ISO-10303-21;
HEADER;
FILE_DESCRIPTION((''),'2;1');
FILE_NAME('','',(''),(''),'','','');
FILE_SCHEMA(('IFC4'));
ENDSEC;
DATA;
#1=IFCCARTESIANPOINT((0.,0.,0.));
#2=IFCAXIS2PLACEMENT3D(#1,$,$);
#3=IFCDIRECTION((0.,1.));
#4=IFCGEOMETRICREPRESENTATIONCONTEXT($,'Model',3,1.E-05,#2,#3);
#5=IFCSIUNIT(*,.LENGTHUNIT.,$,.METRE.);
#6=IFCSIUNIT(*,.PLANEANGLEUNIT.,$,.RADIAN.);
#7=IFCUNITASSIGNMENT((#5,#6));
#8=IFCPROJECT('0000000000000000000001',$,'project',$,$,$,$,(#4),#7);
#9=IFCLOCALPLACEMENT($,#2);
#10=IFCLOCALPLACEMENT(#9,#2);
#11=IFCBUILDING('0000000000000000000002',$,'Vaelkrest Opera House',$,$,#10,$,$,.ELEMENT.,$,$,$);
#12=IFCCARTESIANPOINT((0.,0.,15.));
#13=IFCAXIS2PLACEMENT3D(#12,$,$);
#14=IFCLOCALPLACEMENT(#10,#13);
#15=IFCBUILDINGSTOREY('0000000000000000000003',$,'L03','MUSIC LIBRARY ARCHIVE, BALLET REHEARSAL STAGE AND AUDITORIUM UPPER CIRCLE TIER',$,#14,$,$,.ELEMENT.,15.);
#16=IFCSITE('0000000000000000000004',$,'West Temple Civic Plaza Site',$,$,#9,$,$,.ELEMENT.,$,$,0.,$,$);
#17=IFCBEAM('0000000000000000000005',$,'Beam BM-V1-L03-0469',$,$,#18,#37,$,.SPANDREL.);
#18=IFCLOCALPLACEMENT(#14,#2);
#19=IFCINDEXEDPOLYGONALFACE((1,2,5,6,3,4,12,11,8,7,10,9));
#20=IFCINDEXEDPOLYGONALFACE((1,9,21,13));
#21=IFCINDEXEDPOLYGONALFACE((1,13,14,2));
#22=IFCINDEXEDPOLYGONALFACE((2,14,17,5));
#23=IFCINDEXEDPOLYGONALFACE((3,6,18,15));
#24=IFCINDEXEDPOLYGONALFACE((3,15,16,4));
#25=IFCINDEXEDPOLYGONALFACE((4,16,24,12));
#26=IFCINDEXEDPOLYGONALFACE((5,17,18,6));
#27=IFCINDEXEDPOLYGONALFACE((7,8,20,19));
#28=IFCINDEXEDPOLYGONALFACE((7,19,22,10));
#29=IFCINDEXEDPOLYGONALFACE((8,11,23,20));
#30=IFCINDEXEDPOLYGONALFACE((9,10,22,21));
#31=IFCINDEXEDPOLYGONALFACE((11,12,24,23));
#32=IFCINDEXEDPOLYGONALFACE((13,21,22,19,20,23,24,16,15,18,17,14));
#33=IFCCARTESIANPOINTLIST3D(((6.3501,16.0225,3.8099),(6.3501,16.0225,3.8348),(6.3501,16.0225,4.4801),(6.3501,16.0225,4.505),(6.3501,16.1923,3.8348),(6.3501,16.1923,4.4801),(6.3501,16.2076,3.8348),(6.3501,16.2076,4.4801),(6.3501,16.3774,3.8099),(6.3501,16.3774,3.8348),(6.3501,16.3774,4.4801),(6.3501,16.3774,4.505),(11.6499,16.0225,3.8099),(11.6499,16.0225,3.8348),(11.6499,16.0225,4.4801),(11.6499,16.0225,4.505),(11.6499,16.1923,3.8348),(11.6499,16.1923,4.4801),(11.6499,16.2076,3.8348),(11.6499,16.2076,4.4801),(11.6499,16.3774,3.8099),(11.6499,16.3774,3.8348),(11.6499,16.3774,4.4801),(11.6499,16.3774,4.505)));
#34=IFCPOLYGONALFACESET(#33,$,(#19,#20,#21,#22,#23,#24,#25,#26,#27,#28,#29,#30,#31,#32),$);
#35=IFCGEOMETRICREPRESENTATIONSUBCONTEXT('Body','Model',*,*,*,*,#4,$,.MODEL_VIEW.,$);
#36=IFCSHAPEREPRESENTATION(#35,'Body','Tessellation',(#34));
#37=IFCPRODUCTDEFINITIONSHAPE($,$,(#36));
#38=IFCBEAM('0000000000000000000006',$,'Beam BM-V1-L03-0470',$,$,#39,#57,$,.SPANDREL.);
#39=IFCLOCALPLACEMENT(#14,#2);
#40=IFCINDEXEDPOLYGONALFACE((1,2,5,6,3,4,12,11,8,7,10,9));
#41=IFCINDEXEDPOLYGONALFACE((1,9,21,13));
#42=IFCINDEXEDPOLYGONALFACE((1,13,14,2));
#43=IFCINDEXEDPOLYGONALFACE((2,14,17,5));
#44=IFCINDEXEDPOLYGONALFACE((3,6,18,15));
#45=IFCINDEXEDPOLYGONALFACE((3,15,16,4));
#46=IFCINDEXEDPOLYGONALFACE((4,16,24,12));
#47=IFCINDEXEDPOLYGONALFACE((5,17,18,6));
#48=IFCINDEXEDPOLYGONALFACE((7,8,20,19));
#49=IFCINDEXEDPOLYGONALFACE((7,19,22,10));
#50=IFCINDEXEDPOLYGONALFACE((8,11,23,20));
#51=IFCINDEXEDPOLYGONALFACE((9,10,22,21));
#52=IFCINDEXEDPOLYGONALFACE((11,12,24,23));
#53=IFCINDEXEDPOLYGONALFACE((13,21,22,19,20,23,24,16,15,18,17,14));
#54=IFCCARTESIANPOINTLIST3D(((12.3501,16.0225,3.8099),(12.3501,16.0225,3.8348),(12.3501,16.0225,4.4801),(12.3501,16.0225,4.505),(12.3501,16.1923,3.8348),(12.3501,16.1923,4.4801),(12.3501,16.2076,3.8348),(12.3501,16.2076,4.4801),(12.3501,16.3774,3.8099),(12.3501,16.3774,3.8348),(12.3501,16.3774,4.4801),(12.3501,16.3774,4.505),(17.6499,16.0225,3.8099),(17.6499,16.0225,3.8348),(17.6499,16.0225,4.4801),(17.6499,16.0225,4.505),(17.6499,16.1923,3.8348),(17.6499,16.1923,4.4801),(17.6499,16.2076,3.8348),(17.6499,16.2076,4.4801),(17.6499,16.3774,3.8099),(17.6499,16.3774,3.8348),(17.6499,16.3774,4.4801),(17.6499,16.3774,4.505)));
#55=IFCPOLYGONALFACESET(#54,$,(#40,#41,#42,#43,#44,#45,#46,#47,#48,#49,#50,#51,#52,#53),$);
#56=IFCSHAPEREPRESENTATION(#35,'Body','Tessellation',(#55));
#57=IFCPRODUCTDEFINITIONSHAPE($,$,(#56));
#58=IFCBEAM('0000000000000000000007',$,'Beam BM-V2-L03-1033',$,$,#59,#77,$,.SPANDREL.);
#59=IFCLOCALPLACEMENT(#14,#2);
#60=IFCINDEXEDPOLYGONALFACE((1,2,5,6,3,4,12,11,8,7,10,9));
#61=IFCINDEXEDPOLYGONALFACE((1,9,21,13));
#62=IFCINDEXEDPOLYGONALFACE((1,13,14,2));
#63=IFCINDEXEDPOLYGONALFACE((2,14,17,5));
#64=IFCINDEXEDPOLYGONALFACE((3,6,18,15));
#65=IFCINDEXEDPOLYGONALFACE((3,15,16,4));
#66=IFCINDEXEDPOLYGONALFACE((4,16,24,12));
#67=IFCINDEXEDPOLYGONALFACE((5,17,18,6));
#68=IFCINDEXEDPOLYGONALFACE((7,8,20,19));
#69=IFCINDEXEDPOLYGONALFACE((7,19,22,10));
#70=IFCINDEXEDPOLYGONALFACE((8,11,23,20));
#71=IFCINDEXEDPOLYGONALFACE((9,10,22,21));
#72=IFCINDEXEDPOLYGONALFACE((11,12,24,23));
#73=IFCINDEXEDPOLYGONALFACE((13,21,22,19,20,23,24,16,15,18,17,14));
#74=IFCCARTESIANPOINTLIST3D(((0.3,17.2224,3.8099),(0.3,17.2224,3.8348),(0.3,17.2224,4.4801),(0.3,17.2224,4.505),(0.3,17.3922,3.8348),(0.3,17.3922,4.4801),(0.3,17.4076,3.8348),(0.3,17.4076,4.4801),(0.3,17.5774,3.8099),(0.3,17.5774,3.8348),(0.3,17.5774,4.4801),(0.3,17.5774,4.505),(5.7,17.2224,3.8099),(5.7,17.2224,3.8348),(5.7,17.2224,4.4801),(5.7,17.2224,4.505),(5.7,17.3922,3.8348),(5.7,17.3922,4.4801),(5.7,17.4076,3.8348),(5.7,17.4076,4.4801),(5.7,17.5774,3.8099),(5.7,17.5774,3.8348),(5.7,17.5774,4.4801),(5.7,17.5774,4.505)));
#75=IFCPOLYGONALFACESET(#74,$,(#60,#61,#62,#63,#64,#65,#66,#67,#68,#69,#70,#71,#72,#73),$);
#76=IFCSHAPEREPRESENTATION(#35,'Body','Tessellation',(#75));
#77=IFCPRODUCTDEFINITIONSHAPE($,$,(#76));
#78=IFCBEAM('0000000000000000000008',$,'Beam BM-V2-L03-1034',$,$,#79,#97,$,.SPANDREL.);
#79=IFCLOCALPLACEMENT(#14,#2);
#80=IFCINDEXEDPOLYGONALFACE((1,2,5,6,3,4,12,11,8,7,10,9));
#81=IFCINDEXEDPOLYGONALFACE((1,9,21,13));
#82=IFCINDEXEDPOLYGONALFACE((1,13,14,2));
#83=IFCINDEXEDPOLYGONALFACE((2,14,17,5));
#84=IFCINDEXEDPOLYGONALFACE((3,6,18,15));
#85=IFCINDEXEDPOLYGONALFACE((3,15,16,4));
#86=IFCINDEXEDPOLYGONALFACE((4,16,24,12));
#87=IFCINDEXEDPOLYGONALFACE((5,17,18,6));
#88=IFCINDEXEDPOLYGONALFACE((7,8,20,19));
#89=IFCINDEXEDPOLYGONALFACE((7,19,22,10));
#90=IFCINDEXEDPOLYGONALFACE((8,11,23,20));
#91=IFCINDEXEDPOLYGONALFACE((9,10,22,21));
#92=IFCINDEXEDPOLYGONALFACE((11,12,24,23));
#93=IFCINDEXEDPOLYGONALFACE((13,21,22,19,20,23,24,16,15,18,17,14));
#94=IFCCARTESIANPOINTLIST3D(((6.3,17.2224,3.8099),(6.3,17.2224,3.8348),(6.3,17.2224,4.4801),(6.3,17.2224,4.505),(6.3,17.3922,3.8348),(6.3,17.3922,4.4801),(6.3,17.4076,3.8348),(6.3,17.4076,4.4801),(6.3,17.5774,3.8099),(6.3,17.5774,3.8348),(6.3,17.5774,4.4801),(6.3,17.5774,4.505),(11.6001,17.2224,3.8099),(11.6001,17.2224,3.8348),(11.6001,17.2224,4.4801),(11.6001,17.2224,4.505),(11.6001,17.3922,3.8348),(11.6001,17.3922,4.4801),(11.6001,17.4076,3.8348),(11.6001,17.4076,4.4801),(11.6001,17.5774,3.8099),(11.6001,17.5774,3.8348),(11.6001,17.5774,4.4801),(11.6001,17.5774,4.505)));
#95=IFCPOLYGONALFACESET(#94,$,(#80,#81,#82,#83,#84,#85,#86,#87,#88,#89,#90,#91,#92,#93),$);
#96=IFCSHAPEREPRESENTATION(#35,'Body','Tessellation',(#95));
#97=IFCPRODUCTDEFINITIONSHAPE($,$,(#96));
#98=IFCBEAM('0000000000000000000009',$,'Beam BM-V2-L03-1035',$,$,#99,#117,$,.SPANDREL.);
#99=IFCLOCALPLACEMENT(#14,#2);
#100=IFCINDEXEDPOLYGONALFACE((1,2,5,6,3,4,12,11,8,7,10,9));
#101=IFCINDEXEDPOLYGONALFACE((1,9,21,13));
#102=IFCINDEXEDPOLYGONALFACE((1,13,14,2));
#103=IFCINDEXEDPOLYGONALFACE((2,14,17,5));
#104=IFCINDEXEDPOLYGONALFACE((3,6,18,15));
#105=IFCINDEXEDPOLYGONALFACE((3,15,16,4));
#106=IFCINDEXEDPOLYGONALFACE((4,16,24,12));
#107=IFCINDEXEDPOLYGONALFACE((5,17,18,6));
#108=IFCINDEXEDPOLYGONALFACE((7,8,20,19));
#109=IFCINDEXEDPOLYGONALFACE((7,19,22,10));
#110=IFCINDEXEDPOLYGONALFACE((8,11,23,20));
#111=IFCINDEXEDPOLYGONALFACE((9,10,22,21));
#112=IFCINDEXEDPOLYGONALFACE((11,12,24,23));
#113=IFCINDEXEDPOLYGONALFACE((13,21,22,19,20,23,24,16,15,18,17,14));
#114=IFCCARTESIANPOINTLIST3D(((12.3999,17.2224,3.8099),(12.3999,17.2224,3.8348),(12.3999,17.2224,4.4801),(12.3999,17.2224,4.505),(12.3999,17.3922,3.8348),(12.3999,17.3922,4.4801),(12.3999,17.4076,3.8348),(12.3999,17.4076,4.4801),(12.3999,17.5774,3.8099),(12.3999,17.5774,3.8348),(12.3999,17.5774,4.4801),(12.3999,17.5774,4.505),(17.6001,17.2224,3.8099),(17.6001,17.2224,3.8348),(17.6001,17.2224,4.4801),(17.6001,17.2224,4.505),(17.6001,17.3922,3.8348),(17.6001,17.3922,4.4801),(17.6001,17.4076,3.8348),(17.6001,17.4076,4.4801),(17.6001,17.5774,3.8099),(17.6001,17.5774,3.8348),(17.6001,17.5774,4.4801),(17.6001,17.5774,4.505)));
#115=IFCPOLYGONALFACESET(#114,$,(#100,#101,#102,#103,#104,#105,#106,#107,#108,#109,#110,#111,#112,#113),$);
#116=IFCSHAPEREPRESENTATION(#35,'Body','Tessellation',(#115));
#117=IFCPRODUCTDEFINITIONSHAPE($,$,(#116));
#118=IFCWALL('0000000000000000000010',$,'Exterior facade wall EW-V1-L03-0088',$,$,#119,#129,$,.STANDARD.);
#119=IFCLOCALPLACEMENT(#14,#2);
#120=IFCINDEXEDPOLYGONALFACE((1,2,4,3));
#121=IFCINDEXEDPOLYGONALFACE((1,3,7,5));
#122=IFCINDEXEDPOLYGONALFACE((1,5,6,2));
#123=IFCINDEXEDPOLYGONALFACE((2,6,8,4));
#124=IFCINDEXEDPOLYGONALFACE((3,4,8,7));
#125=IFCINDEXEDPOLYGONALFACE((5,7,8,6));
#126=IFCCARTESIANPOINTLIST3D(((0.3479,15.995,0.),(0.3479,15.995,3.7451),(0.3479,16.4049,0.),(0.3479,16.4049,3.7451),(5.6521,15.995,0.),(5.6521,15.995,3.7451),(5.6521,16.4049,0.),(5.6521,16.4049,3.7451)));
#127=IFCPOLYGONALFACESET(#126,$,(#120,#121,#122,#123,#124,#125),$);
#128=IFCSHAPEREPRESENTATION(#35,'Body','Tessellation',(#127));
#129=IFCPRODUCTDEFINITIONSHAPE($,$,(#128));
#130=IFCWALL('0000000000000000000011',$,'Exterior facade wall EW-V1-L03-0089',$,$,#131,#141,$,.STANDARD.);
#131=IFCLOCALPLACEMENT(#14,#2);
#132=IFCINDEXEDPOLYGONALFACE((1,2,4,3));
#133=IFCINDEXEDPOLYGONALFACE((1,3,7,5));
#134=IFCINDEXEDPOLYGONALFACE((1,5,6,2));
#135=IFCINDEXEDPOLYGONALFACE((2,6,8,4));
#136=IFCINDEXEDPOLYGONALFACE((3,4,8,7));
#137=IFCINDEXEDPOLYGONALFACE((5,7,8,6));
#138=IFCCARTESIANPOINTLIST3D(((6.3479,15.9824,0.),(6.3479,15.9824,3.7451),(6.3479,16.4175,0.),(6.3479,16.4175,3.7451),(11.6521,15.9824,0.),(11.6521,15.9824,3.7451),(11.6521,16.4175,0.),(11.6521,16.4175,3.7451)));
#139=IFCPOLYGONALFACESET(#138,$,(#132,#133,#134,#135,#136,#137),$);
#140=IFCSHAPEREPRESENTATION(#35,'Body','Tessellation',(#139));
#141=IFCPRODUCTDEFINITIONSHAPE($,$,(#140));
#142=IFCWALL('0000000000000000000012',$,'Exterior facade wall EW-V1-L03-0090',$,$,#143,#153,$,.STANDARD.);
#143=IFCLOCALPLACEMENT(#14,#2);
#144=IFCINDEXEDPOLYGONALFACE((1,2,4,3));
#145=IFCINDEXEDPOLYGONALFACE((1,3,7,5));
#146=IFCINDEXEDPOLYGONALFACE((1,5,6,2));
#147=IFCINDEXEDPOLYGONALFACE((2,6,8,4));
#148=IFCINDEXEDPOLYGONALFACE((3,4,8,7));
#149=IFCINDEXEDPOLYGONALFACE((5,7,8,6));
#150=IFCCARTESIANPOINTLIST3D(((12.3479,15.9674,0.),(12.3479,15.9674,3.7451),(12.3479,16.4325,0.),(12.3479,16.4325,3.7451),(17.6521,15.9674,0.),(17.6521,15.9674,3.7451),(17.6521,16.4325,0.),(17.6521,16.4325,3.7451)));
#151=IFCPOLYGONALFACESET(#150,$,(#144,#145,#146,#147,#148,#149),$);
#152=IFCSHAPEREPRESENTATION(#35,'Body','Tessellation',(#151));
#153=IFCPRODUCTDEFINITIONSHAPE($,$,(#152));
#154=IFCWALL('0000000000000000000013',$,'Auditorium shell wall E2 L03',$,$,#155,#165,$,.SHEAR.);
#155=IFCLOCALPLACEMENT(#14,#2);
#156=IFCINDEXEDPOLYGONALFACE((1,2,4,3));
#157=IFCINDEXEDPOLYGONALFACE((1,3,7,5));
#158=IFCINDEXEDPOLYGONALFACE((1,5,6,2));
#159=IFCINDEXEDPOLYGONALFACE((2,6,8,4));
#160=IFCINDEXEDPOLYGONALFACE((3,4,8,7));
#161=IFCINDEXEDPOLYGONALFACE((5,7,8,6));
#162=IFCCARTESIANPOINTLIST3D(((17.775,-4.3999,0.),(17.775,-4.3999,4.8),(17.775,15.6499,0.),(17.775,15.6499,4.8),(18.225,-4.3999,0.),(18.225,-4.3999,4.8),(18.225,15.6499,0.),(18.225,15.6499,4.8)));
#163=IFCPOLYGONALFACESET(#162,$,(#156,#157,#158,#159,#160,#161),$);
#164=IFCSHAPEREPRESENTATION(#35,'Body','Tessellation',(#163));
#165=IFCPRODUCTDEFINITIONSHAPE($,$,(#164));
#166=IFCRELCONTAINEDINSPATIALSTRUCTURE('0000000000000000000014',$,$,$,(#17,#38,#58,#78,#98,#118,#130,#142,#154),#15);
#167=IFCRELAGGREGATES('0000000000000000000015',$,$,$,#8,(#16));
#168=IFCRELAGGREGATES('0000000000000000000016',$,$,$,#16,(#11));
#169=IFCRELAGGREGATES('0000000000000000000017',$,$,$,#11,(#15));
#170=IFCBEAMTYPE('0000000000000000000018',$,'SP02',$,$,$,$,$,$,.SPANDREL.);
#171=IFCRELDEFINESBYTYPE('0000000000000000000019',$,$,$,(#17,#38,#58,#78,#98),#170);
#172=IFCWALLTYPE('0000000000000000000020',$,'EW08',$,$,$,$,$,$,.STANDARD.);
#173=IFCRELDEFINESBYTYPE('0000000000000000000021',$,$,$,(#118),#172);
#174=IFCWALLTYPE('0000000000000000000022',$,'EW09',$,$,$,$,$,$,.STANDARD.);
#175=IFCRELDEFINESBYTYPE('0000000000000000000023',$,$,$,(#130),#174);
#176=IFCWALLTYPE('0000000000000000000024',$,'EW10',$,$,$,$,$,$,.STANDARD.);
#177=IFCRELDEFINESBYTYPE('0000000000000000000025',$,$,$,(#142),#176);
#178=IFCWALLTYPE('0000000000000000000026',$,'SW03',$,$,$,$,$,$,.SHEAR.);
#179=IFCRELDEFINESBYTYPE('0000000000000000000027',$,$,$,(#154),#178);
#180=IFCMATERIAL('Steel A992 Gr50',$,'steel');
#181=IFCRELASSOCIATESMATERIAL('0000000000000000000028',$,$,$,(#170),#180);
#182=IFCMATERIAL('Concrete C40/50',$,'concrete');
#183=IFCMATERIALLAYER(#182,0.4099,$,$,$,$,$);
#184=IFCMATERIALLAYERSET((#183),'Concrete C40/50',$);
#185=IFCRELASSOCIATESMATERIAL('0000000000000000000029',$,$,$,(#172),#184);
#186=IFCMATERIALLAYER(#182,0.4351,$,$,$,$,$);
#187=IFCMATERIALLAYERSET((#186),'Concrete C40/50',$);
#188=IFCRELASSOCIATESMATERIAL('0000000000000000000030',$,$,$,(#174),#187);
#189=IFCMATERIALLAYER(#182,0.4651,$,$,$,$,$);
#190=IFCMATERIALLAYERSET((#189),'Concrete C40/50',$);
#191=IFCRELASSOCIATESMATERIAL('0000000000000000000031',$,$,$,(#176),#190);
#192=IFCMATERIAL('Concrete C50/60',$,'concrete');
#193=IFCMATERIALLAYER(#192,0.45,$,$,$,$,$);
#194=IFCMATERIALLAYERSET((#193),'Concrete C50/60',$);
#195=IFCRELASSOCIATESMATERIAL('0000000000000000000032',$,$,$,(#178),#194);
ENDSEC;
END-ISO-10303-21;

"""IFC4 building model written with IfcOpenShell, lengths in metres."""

from ifc_helpers import new_model, si_unit, direction, frame, frame_2d, origin, origin_2d, place, context, subcontext, project, spatial, rectangle, i_section, extrude, material, layer, layer_set, material_profile, profile_set, type_object, element, save


model = new_model("IFC4")

# Units and contexts
model_context = context("Model", 3, precision=1e-05, world=origin(), true_north=direction((0.0, 1.0)))
body_context = subcontext(model_context, "Body", "Model", "MODEL_VIEW")
ifc_project = project(units=[si_unit("LENGTHUNIT", "METRE"), si_unit("PLANEANGLEUNIT", "RADIAN")], contexts=[model_context])

# Site, building, storey
site_placement = place(None, origin())
site = spatial("IfcSite", under=ifc_project, at=site_placement, Name="West Temple Civic Plaza Site", CompositionType="ELEMENT", RefElevation=0.0)
building_placement = place(site_placement, origin())
building = spatial("IfcBuilding", under=site, at=building_placement, Name="Vaelkrest Opera House", CompositionType="ELEMENT")
storey_placement = place(building_placement, frame((0.0, 0.0, 15.0)))
storey = spatial("IfcBuildingStorey", under=building, at=storey_placement, Name="L03", Description="MUSIC LIBRARY ARCHIVE, BALLET REHEARSAL STAGE AND AUDITORIUM UPPER CIRCLE TIER", CompositionType="ELEMENT", Elevation=15.0)

# Shared definitions
ifc_material_1 = material(Name="Concrete C50/60", Category="concrete")

# Beams
ifc_material_2 = material(Name="Steel A992 Gr50", Category="steel")
ifc_material_profile_1 = material_profile(ifc_material_2, i_section(OverallWidth=0.355, OverallDepth=0.6951, WebThickness=0.0154, FlangeThickness=0.0249, at=origin_2d()), Name="W27X146")
ifc_profile_set_1 = profile_set([ifc_material_profile_1], Name="Steel A992 Gr50")
beam_type_1 = type_object("IfcBeamType", Name="SP02", PredefinedType="SPANDREL", material=ifc_profile_set_1)
for number, where, z_axis, x_axis, name in (
    (1, (6.3501, 16.2, 4.1575), (1.0, 0.0, 0.0), (0.0, 1.0, 0.0), "Beam BM-V1-L03-0469"),
    (2, (12.3501, 16.2, 4.1575), (1.0, 0.0, 0.0), (0.0, 1.0, 0.0), "Beam BM-V1-L03-0470"),
):
    element("IfcBeam", number, at=place(storey_placement, frame(where, z_axis=z_axis, x_axis=x_axis)), inside=storey, type_object=beam_type_1, Name=name, PredefinedType="SPANDREL", context=body_context, shape_type="SweptSolid", body=[
        extrude(i_section(OverallWidth=0.355, OverallDepth=0.6951, WebThickness=0.0154, FlangeThickness=0.0249, at=origin_2d()), origin(), (0.0, 0.0, 1.0), 5.2998),
    ])
beam_1_placement = place(storey_placement, frame((0.3, 17.3999, 4.1575), z_axis=(1.0, 0.0, 0.0), x_axis=(0.0, 1.0, 0.0)))
element("IfcBeam", 3, at=beam_1_placement, inside=storey, type_object=beam_type_1, Name="Beam BM-V2-L03-1033", PredefinedType="SPANDREL", context=body_context, shape_type="SweptSolid", body=[
    extrude(i_section(OverallWidth=0.355, OverallDepth=0.6951, WebThickness=0.0154, FlangeThickness=0.0249, at=origin_2d()), origin(), (0.0, 0.0, 1.0), 5.3999),
])
beam_2_placement = place(storey_placement, frame((6.3, 17.3999, 4.1575), z_axis=(1.0, 0.0, 0.0), x_axis=(0.0, 1.0, 0.0)))
element("IfcBeam", 4, at=beam_2_placement, inside=storey, type_object=beam_type_1, Name="Beam BM-V2-L03-1034", PredefinedType="SPANDREL", context=body_context, shape_type="SweptSolid", body=[
    extrude(i_section(OverallWidth=0.355, OverallDepth=0.6951, WebThickness=0.0154, FlangeThickness=0.0249, at=origin_2d()), origin(), (0.0, 0.0, 1.0), 5.3),
])
beam_3_placement = place(storey_placement, frame((12.3999, 17.3999, 4.1575), z_axis=(1.0, 0.0, 0.0), x_axis=(0.0, 1.0, 0.0)))
element("IfcBeam", 5, at=beam_3_placement, inside=storey, type_object=beam_type_1, Name="Beam BM-V2-L03-1035", PredefinedType="SPANDREL", context=body_context, shape_type="SweptSolid", body=[
    extrude(i_section(OverallWidth=0.355, OverallDepth=0.6951, WebThickness=0.0154, FlangeThickness=0.0249, at=origin_2d()), origin(), (0.0, 0.0, 1.0), 5.2002),
])

# Walls
ifc_material_3 = material(Name="Concrete C40/50", Category="concrete")
ifc_layer_1 = layer(ifc_material_3, 0.4099)
ifc_layer_set_1 = layer_set([ifc_layer_1], Name="Concrete C40/50")
wall_type_1 = type_object("IfcWallType", Name="EW08", PredefinedType="STANDARD", material=ifc_layer_set_1)
wall_1_placement = place(storey_placement, frame((0.3479, 16.2, 0.0), z_axis=(0.0, 0.0, 1.0), x_axis=(1.0, 0.0, 0.0)))
element("IfcWall", 6, at=wall_1_placement, inside=storey, type_object=wall_type_1, Name="Exterior facade wall EW-V1-L03-0088", PredefinedType="STANDARD", context=body_context, shape_type="SweptSolid", body=[
    extrude(rectangle(XDim=5.3042, YDim=0.4099, at=frame_2d((2.6521, 0.0))), origin(), (0.0, 0.0, 1.0), 3.7451),
])
ifc_layer_2 = layer(ifc_material_3, 0.4351)
ifc_layer_set_2 = layer_set([ifc_layer_2], Name="Concrete C40/50")
wall_type_2 = type_object("IfcWallType", Name="EW09", PredefinedType="STANDARD", material=ifc_layer_set_2)
wall_2_placement = place(storey_placement, frame((6.3479, 16.2, 0.0), z_axis=(0.0, 0.0, 1.0), x_axis=(1.0, 0.0, 0.0)))
element("IfcWall", 7, at=wall_2_placement, inside=storey, type_object=wall_type_2, Name="Exterior facade wall EW-V1-L03-0089", PredefinedType="STANDARD", context=body_context, shape_type="SweptSolid", body=[
    extrude(rectangle(XDim=5.3042, YDim=0.4351, at=frame_2d((2.6521, 0.0))), origin(), (0.0, 0.0, 1.0), 3.7451),
])
ifc_layer_3 = layer(ifc_material_3, 0.4651)
ifc_layer_set_3 = layer_set([ifc_layer_3], Name="Concrete C40/50")
wall_type_3 = type_object("IfcWallType", Name="EW10", PredefinedType="STANDARD", material=ifc_layer_set_3)
wall_3_placement = place(storey_placement, frame((12.3479, 16.2, 0.0), z_axis=(0.0, 0.0, 1.0), x_axis=(1.0, 0.0, 0.0)))
element("IfcWall", 8, at=wall_3_placement, inside=storey, type_object=wall_type_3, Name="Exterior facade wall EW-V1-L03-0090", PredefinedType="STANDARD", context=body_context, shape_type="SweptSolid", body=[
    extrude(rectangle(XDim=5.3042, YDim=0.4651, at=frame_2d((2.6521, 0.0))), origin(), (0.0, 0.0, 1.0), 3.7451),
])
ifc_layer_4 = layer(ifc_material_1, 0.45)
ifc_layer_set_4 = layer_set([ifc_layer_4], Name="Concrete C50/60")
wall_type_4 = type_object("IfcWallType", Name="SW03", PredefinedType="SHEAR", material=ifc_layer_set_4)
wall_4_placement = place(storey_placement, frame((18.0, -4.3999, 0.0), z_axis=(0.0, 0.0, 1.0), x_axis=(0.0, 1.0, 0.0)))
element("IfcWall", 9, at=wall_4_placement, inside=storey, type_object=wall_type_4, Name="Auditorium shell wall E2 L03", PredefinedType="SHEAR", context=body_context, shape_type="SweptSolid", body=[
    extrude(rectangle(XDim=20.0498, YDim=0.45, at=frame_2d((10.0249, 0.0))), origin(), (0.0, 0.0, 1.0), 4.8),
])

save(model, "model.ifc")
